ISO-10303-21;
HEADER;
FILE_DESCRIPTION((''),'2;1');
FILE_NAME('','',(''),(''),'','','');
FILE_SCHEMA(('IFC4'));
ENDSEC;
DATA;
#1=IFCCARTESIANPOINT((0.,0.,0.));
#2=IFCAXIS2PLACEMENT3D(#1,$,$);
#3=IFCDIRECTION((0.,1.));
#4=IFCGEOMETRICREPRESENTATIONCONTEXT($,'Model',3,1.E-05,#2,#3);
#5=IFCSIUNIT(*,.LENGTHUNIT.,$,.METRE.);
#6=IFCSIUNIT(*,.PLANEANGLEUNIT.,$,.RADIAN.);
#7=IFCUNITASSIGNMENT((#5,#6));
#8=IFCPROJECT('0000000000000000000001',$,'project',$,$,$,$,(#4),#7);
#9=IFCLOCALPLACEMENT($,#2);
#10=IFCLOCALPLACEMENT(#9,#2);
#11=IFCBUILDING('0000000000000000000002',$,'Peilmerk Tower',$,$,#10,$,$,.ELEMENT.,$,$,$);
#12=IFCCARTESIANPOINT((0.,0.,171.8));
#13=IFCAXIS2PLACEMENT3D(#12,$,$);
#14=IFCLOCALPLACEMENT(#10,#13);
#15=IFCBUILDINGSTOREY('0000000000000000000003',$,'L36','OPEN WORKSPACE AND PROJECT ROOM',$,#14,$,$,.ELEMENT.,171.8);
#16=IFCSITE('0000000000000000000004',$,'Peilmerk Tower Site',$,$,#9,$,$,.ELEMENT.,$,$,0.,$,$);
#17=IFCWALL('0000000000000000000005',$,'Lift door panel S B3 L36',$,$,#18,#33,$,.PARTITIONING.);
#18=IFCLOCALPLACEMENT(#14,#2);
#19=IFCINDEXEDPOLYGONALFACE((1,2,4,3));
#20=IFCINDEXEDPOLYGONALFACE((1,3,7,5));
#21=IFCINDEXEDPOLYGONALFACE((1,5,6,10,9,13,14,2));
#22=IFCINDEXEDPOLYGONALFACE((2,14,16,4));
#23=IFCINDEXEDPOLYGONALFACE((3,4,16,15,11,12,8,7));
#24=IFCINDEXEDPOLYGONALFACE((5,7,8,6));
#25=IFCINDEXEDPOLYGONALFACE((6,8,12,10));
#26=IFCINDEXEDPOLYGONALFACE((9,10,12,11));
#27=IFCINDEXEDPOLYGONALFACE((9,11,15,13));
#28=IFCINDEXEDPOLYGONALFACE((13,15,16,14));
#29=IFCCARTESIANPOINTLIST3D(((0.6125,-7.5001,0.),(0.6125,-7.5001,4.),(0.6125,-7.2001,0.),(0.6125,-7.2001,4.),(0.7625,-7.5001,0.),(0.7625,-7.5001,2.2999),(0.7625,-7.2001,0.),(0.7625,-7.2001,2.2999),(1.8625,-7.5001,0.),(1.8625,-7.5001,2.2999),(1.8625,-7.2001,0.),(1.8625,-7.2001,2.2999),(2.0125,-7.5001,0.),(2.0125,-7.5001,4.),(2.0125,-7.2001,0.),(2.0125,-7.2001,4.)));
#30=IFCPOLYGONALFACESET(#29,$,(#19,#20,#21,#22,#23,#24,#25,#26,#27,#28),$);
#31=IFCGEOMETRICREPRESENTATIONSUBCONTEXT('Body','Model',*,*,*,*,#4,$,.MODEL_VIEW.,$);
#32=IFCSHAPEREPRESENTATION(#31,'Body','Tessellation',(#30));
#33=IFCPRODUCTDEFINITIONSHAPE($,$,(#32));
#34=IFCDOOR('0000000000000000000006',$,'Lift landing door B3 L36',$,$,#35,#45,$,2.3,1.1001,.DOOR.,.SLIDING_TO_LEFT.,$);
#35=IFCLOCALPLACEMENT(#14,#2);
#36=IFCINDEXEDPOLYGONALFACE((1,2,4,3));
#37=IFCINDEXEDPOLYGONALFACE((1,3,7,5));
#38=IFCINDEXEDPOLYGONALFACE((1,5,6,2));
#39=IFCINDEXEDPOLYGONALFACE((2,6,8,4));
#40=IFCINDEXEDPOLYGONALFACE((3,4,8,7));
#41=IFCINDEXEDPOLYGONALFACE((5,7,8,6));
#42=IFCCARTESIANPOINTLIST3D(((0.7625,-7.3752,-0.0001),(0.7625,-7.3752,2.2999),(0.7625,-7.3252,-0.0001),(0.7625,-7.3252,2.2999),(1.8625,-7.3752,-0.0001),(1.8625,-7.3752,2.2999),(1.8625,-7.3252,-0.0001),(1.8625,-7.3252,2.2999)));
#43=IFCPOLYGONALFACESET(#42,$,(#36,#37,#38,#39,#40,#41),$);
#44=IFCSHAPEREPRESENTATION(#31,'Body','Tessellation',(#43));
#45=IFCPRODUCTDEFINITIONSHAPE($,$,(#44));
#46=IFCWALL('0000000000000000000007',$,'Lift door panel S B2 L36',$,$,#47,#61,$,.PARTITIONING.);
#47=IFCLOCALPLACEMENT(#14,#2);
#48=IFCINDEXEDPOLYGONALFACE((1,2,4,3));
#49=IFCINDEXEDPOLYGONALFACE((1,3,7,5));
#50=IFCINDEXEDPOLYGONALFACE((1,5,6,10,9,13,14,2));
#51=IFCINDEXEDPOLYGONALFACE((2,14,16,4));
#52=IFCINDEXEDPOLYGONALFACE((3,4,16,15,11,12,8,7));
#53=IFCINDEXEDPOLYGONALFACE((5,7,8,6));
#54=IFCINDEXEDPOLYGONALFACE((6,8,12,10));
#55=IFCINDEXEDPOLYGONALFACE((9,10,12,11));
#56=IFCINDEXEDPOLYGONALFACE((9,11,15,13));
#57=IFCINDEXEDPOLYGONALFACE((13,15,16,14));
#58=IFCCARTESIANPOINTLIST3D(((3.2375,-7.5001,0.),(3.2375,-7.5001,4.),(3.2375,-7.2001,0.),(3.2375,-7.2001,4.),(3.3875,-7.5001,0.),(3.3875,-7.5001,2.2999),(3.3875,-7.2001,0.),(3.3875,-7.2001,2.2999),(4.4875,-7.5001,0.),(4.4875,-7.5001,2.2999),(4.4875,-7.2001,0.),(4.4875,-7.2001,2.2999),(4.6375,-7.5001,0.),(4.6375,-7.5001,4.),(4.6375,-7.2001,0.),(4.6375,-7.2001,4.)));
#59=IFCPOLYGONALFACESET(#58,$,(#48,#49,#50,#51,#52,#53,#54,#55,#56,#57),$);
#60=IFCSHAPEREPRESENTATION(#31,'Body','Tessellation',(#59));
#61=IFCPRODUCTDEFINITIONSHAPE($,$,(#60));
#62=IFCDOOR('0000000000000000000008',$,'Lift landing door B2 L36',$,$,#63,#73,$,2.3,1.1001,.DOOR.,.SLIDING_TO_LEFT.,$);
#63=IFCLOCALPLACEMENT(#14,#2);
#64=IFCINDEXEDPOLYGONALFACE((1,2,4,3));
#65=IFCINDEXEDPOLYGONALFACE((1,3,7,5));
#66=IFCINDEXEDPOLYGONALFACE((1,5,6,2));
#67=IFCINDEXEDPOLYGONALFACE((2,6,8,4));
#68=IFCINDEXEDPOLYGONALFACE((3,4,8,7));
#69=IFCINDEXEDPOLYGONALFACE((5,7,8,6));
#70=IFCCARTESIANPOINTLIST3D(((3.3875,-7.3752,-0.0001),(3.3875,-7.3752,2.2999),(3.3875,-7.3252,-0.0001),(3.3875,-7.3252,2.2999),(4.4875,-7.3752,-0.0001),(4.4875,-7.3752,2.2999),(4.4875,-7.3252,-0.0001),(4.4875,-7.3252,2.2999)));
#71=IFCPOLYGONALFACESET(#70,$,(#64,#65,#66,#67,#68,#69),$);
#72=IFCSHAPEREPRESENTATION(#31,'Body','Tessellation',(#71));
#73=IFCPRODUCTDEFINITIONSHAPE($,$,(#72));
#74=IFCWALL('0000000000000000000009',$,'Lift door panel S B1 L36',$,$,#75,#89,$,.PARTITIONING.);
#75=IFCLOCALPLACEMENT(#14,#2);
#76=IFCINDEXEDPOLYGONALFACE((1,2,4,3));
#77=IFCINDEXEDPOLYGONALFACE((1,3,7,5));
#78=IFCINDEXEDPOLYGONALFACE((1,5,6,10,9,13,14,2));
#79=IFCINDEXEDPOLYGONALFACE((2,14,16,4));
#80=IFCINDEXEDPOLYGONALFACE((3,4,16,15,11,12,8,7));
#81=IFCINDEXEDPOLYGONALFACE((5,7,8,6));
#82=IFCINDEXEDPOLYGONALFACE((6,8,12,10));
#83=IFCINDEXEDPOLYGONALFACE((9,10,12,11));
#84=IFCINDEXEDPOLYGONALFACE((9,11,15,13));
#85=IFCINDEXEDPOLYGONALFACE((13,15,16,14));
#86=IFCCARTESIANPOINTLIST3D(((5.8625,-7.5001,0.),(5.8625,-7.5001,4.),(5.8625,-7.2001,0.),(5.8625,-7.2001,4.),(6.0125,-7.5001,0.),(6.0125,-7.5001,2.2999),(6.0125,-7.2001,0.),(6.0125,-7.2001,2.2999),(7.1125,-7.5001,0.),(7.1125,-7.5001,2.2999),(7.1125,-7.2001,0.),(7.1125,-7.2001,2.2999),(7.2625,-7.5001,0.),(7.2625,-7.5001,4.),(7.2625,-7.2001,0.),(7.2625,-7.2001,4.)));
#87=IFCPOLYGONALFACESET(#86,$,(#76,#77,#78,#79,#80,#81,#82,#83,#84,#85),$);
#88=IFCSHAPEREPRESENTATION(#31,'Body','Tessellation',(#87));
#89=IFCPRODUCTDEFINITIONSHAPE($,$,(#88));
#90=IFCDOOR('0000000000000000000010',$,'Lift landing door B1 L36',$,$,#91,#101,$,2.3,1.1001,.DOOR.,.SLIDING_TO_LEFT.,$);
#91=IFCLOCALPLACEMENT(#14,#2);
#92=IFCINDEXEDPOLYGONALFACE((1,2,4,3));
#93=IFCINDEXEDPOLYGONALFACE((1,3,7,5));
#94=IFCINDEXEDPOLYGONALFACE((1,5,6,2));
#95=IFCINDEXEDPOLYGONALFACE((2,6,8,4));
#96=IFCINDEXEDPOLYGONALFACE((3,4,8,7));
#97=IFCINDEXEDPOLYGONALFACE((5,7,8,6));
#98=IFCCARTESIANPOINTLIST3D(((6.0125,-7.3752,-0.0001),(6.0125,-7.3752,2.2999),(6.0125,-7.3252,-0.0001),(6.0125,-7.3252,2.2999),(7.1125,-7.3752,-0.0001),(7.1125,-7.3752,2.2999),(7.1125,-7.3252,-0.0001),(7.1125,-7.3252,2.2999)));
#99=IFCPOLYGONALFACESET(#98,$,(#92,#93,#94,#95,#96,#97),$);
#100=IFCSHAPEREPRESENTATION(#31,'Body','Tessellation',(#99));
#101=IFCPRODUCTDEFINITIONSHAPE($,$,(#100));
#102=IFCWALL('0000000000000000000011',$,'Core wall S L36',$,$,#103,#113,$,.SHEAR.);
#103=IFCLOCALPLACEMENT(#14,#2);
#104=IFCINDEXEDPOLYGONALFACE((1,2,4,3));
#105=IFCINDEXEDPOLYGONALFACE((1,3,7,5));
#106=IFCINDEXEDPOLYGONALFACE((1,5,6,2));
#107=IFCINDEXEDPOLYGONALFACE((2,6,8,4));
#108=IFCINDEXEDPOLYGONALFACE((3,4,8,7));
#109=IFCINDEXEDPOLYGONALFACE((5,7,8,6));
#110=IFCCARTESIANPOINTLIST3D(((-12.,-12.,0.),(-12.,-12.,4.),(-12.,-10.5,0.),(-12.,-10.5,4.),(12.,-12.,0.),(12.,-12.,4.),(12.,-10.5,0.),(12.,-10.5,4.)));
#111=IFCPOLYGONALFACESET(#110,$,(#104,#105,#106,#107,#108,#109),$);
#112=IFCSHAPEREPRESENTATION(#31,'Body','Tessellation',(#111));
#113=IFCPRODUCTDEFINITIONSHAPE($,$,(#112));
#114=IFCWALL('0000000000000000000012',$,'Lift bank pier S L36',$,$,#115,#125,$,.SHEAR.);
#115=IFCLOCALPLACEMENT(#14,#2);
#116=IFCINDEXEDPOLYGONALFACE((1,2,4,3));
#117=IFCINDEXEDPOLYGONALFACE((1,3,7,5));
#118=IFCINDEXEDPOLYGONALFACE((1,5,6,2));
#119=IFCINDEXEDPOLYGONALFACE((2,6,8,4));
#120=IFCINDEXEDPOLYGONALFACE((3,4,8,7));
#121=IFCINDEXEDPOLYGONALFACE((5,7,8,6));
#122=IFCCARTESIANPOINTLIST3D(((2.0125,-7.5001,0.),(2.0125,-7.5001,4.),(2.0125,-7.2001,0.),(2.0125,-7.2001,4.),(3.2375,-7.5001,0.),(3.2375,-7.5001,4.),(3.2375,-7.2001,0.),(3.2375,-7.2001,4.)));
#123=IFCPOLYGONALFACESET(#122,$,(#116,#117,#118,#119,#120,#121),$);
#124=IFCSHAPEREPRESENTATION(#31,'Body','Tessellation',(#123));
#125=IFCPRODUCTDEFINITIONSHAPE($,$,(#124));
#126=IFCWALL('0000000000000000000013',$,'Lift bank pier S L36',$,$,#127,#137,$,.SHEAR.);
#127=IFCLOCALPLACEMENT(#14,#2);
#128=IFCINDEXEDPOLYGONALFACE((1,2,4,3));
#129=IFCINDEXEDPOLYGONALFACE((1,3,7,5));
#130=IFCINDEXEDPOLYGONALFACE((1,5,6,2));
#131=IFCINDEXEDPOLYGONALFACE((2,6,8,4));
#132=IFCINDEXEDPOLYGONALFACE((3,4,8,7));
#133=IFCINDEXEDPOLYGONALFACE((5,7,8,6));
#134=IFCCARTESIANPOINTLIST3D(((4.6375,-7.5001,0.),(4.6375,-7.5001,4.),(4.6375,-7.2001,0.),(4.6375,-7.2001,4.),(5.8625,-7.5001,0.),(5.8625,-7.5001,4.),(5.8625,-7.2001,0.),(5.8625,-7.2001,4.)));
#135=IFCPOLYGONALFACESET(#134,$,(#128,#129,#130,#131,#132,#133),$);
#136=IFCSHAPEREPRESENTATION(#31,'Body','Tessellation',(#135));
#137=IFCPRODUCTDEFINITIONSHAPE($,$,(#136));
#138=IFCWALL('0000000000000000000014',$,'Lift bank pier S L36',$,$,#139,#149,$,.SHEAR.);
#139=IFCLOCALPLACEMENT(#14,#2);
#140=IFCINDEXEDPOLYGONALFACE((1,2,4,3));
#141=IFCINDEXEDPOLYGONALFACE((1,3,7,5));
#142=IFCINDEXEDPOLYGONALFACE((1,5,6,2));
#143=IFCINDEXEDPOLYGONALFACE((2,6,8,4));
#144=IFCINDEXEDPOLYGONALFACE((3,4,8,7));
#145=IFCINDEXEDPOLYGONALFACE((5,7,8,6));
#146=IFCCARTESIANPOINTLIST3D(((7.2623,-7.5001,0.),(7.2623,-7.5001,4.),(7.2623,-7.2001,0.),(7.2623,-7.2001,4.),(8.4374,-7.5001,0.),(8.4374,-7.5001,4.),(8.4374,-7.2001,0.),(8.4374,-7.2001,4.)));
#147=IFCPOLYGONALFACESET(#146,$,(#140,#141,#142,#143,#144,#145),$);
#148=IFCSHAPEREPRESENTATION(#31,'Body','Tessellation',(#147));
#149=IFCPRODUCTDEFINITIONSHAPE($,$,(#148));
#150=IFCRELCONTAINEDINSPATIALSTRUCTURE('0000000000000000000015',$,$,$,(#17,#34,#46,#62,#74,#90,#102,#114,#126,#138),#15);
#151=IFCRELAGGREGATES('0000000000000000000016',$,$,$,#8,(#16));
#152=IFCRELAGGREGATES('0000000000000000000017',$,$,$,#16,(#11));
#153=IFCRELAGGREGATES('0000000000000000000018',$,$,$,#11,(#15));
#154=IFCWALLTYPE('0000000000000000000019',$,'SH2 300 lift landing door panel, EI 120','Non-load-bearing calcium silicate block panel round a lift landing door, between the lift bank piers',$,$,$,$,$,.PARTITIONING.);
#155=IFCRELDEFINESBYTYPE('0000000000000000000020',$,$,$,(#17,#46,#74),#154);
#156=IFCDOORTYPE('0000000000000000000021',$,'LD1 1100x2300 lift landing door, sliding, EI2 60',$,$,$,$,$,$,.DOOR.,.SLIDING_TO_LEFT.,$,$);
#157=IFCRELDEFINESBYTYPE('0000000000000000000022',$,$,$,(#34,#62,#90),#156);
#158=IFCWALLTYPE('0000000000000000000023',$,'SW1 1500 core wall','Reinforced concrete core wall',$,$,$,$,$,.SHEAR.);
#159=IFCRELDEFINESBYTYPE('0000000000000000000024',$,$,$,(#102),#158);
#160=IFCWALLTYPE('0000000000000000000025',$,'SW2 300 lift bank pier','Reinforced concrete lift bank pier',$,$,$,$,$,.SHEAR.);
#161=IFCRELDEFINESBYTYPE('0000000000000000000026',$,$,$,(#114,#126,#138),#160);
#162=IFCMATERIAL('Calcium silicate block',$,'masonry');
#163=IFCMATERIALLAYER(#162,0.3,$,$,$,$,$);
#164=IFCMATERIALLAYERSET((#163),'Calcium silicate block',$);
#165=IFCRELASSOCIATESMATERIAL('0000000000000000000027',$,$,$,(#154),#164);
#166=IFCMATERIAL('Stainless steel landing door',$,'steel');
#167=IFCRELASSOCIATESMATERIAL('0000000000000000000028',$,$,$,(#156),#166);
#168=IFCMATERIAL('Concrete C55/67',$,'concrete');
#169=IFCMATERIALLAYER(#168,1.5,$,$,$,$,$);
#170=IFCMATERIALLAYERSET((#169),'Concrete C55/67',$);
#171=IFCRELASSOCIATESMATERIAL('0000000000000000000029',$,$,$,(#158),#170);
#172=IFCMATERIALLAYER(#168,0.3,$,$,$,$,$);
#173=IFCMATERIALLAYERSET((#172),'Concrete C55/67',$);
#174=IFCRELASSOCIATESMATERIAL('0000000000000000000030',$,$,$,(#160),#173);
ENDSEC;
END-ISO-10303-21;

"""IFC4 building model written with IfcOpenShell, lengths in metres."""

from ifc_helpers import new_model, si_unit, direction, frame, frame_2d, origin, place, context, subcontext, project, spatial, rectangle, extrude, material, layer, layer_set, type_object, element, fill, save


model = new_model("IFC4")

# Units and contexts
model_context = context("Model", 3, precision=1e-05, world=origin(), true_north=direction((0.0, 1.0)))
body_context = subcontext(model_context, "Body", "Model", "MODEL_VIEW")
ifc_project = project(units=[si_unit("LENGTHUNIT", "METRE"), si_unit("PLANEANGLEUNIT", "RADIAN")], contexts=[model_context])

# Site, building, storey
site_placement = place(None, origin())
site = spatial("IfcSite", under=ifc_project, at=site_placement, Name="Peilmerk Tower Site", CompositionType="ELEMENT", RefElevation=0.0)
building_placement = place(site_placement, origin())
building = spatial("IfcBuilding", under=site, at=building_placement, Name="Peilmerk Tower", CompositionType="ELEMENT")
storey_placement = place(building_placement, frame((0.0, 0.0, 171.8)))
storey = spatial("IfcBuildingStorey", under=building, at=storey_placement, Name="L36", Description="OPEN WORKSPACE AND PROJECT ROOM", CompositionType="ELEMENT", Elevation=171.8)

# Shared definitions
ifc_material_1 = material(Name="Calcium silicate block", Category="masonry")

# Walls, openings, doors
ifc_layer_1 = layer(ifc_material_1, 0.3)
ifc_layer_set_1 = layer_set([ifc_layer_1], Name="Calcium silicate block")
wall_type_1 = type_object("IfcWallType", Name="SH2 300 lift landing door panel, EI 120", Description="Non-load-bearing calcium silicate block panel round a lift landing door, between the lift bank piers", PredefinedType="PARTITIONING", material=ifc_layer_set_1)
wall_1_placement = place(storey_placement, frame((0.6125, -7.3501, 0.0), z_axis=(0.0, 0.0, 1.0), x_axis=(1.0, 0.0, 0.0)))
wall_1 = element("IfcWall", 1, at=wall_1_placement, inside=storey, type_object=wall_type_1, Name="Lift door panel S B3 L36", PredefinedType="PARTITIONING", context=body_context, shape_type="SweptSolid", body=[
    extrude(rectangle(XDim=1.3999, YDim=0.3, at=frame_2d((0.7, 0.0))), origin(), (0.0, 0.0, 1.0), 4.0),
])
opening_1_placement = place(wall_1_placement, frame((0.1499, 0.0, 0.0)))
opening_1 = element("IfcOpeningElement", 2, at=opening_1_placement, cuts=wall_1, PredefinedType="OPENING", context=body_context, shape_type="SweptSolid", body=[
    extrude(rectangle(XDim=1.1001, YDim=2.3, at=frame_2d((0.55, 1.1499))), frame((0.0, 0.1599, 0.0), z_axis=(0.0, -1.0, 0.0), x_axis=(1.0, 0.0, 0.0)), (0.0, 0.0, 1.0), 0.3201),
])
ifc_material_2 = material(Name="Stainless steel landing door", Category="steel")
door_type_1 = type_object("IfcDoorType", Name="LD1 1100x2300 lift landing door, sliding, EI2 60", OperationType="SLIDING_TO_LEFT", PredefinedType="DOOR", material=ifc_material_2)
door_1_placement = place(opening_1_placement, origin())
door_1 = element("IfcDoor", 3, at=door_1_placement, inside=storey, type_object=door_type_1, Name="Lift landing door B3 L36", OperationType="SLIDING_TO_LEFT", OverallHeight=2.3, OverallWidth=1.1001, PredefinedType="DOOR", context=body_context, shape_type="SweptSolid", body=[
    extrude(rectangle(XDim=1.1001, YDim=2.3, at=frame_2d((0.55, 1.1499))), frame((0.0, 0.0249, 0.0), z_axis=(0.0, -1.0, 0.0), x_axis=(1.0, 0.0, 0.0)), (0.0, 0.0, 1.0), 0.05),
])
fill(opening_1, door_1)
wall_2_placement = place(storey_placement, frame((3.2375, -7.3501, 0.0), z_axis=(0.0, 0.0, 1.0), x_axis=(1.0, 0.0, 0.0)))
wall_2 = element("IfcWall", 4, at=wall_2_placement, inside=storey, type_object=wall_type_1, Name="Lift door panel S B2 L36", PredefinedType="PARTITIONING", context=body_context, shape_type="SweptSolid", body=[
    extrude(rectangle(XDim=1.3999, YDim=0.3, at=frame_2d((0.7, 0.0))), origin(), (0.0, 0.0, 1.0), 4.0),
])
opening_2_placement = place(wall_2_placement, frame((0.1499, 0.0, 0.0)))
opening_2 = element("IfcOpeningElement", 5, at=opening_2_placement, cuts=wall_2, PredefinedType="OPENING", context=body_context, shape_type="SweptSolid", body=[
    extrude(rectangle(XDim=1.1001, YDim=2.3, at=frame_2d((0.55, 1.1499))), frame((0.0, 0.1599, 0.0), z_axis=(0.0, -1.0, 0.0), x_axis=(1.0, 0.0, 0.0)), (0.0, 0.0, 1.0), 0.3201),
])
door_2_placement = place(opening_2_placement, origin())
door_2 = element("IfcDoor", 6, at=door_2_placement, inside=storey, type_object=door_type_1, Name="Lift landing door B2 L36", OperationType="SLIDING_TO_LEFT", OverallHeight=2.3, OverallWidth=1.1001, PredefinedType="DOOR", context=body_context, shape_type="SweptSolid", body=[
    extrude(rectangle(XDim=1.1001, YDim=2.3, at=frame_2d((0.55, 1.1499))), frame((0.0, 0.0249, 0.0), z_axis=(0.0, -1.0, 0.0), x_axis=(1.0, 0.0, 0.0)), (0.0, 0.0, 1.0), 0.05),
])
fill(opening_2, door_2)
wall_3_placement = place(storey_placement, frame((5.8625, -7.3501, 0.0), z_axis=(0.0, 0.0, 1.0), x_axis=(1.0, 0.0, 0.0)))
wall_3 = element("IfcWall", 7, at=wall_3_placement, inside=storey, type_object=wall_type_1, Name="Lift door panel S B1 L36", PredefinedType="PARTITIONING", context=body_context, shape_type="SweptSolid", body=[
    extrude(rectangle(XDim=1.3999, YDim=0.3, at=frame_2d((0.7, 0.0))), origin(), (0.0, 0.0, 1.0), 4.0),
])
opening_3_placement = place(wall_3_placement, frame((0.1499, 0.0, 0.0)))
opening_3 = element("IfcOpeningElement", 8, at=opening_3_placement, cuts=wall_3, PredefinedType="OPENING", context=body_context, shape_type="SweptSolid", body=[
    extrude(rectangle(XDim=1.1001, YDim=2.3, at=frame_2d((0.55, 1.1499))), frame((0.0, 0.1599, 0.0), z_axis=(0.0, -1.0, 0.0), x_axis=(1.0, 0.0, 0.0)), (0.0, 0.0, 1.0), 0.3201),
])
door_3_placement = place(opening_3_placement, origin())
door_3 = element("IfcDoor", 9, at=door_3_placement, inside=storey, type_object=door_type_1, Name="Lift landing door B1 L36", OperationType="SLIDING_TO_LEFT", OverallHeight=2.3, OverallWidth=1.1001, PredefinedType="DOOR", context=body_context, shape_type="SweptSolid", body=[
    extrude(rectangle(XDim=1.1001, YDim=2.3, at=frame_2d((0.55, 1.1499))), frame((0.0, 0.0249, 0.0), z_axis=(0.0, -1.0, 0.0), x_axis=(1.0, 0.0, 0.0)), (0.0, 0.0, 1.0), 0.05),
])
fill(opening_3, door_3)

# Walls
ifc_material_3 = material(Name="Concrete C55/67", Category="concrete")
ifc_layer_2 = layer(ifc_material_3, 1.5)
ifc_layer_set_2 = layer_set([ifc_layer_2], Name="Concrete C55/67")
wall_type_2 = type_object("IfcWallType", Name="SW1 1500 core wall", Description="Reinforced concrete core wall", PredefinedType="SHEAR", material=ifc_layer_set_2)
wall_4_placement = place(storey_placement, frame((12.0, -11.25, 0.0), z_axis=(0.0, 0.0, 1.0), x_axis=(-1.0, 0.0, 0.0)))
element("IfcWall", 10, at=wall_4_placement, inside=storey, type_object=wall_type_2, Name="Core wall S L36", PredefinedType="SHEAR", context=body_context, shape_type="SweptSolid", body=[
    extrude(rectangle(XDim=24.0, YDim=1.5, at=frame_2d((12.0, 0.0))), origin(), (0.0, 0.0, 1.0), 4.0),
])
ifc_layer_3 = layer(ifc_material_3, 0.3)
ifc_layer_set_3 = layer_set([ifc_layer_3], Name="Concrete C55/67")
wall_type_3 = type_object("IfcWallType", Name="SW2 300 lift bank pier", Description="Reinforced concrete lift bank pier", PredefinedType="SHEAR", material=ifc_layer_set_3)
for number, where, z_axis, x_axis, name in (
    (11, (2.0125, -7.3501, 0.0), (0.0, 0.0, 1.0), (1.0, 0.0, 0.0), "Lift bank pier S L36"),
    (12, (4.6375, -7.3501, 0.0), (0.0, 0.0, 1.0), (1.0, 0.0, 0.0), "Lift bank pier S L36"),
):
    element("IfcWall", number, at=place(storey_placement, frame(where, z_axis=z_axis, x_axis=x_axis)), inside=storey, type_object=wall_type_3, Name=name, PredefinedType="SHEAR", context=body_context, shape_type="SweptSolid", body=[
        extrude(rectangle(XDim=1.2251, YDim=0.3, at=frame_2d((0.6125, 0.0))), origin(), (0.0, 0.0, 1.0), 4.0),
    ])
wall_5_placement = place(storey_placement, frame((7.2625, -7.3501, 0.0), z_axis=(0.0, 0.0, 1.0), x_axis=(1.0, 0.0, 0.0)))
element("IfcWall", 13, at=wall_5_placement, inside=storey, type_object=wall_type_3, Name="Lift bank pier S L36", PredefinedType="SHEAR", context=body_context, shape_type="SweptSolid", body=[
    extrude(rectangle(XDim=1.175, YDim=0.3, at=frame_2d((0.5874, 0.0))), origin(), (0.0, 0.0, 1.0), 4.0),
])

save(model, "model.ifc")
